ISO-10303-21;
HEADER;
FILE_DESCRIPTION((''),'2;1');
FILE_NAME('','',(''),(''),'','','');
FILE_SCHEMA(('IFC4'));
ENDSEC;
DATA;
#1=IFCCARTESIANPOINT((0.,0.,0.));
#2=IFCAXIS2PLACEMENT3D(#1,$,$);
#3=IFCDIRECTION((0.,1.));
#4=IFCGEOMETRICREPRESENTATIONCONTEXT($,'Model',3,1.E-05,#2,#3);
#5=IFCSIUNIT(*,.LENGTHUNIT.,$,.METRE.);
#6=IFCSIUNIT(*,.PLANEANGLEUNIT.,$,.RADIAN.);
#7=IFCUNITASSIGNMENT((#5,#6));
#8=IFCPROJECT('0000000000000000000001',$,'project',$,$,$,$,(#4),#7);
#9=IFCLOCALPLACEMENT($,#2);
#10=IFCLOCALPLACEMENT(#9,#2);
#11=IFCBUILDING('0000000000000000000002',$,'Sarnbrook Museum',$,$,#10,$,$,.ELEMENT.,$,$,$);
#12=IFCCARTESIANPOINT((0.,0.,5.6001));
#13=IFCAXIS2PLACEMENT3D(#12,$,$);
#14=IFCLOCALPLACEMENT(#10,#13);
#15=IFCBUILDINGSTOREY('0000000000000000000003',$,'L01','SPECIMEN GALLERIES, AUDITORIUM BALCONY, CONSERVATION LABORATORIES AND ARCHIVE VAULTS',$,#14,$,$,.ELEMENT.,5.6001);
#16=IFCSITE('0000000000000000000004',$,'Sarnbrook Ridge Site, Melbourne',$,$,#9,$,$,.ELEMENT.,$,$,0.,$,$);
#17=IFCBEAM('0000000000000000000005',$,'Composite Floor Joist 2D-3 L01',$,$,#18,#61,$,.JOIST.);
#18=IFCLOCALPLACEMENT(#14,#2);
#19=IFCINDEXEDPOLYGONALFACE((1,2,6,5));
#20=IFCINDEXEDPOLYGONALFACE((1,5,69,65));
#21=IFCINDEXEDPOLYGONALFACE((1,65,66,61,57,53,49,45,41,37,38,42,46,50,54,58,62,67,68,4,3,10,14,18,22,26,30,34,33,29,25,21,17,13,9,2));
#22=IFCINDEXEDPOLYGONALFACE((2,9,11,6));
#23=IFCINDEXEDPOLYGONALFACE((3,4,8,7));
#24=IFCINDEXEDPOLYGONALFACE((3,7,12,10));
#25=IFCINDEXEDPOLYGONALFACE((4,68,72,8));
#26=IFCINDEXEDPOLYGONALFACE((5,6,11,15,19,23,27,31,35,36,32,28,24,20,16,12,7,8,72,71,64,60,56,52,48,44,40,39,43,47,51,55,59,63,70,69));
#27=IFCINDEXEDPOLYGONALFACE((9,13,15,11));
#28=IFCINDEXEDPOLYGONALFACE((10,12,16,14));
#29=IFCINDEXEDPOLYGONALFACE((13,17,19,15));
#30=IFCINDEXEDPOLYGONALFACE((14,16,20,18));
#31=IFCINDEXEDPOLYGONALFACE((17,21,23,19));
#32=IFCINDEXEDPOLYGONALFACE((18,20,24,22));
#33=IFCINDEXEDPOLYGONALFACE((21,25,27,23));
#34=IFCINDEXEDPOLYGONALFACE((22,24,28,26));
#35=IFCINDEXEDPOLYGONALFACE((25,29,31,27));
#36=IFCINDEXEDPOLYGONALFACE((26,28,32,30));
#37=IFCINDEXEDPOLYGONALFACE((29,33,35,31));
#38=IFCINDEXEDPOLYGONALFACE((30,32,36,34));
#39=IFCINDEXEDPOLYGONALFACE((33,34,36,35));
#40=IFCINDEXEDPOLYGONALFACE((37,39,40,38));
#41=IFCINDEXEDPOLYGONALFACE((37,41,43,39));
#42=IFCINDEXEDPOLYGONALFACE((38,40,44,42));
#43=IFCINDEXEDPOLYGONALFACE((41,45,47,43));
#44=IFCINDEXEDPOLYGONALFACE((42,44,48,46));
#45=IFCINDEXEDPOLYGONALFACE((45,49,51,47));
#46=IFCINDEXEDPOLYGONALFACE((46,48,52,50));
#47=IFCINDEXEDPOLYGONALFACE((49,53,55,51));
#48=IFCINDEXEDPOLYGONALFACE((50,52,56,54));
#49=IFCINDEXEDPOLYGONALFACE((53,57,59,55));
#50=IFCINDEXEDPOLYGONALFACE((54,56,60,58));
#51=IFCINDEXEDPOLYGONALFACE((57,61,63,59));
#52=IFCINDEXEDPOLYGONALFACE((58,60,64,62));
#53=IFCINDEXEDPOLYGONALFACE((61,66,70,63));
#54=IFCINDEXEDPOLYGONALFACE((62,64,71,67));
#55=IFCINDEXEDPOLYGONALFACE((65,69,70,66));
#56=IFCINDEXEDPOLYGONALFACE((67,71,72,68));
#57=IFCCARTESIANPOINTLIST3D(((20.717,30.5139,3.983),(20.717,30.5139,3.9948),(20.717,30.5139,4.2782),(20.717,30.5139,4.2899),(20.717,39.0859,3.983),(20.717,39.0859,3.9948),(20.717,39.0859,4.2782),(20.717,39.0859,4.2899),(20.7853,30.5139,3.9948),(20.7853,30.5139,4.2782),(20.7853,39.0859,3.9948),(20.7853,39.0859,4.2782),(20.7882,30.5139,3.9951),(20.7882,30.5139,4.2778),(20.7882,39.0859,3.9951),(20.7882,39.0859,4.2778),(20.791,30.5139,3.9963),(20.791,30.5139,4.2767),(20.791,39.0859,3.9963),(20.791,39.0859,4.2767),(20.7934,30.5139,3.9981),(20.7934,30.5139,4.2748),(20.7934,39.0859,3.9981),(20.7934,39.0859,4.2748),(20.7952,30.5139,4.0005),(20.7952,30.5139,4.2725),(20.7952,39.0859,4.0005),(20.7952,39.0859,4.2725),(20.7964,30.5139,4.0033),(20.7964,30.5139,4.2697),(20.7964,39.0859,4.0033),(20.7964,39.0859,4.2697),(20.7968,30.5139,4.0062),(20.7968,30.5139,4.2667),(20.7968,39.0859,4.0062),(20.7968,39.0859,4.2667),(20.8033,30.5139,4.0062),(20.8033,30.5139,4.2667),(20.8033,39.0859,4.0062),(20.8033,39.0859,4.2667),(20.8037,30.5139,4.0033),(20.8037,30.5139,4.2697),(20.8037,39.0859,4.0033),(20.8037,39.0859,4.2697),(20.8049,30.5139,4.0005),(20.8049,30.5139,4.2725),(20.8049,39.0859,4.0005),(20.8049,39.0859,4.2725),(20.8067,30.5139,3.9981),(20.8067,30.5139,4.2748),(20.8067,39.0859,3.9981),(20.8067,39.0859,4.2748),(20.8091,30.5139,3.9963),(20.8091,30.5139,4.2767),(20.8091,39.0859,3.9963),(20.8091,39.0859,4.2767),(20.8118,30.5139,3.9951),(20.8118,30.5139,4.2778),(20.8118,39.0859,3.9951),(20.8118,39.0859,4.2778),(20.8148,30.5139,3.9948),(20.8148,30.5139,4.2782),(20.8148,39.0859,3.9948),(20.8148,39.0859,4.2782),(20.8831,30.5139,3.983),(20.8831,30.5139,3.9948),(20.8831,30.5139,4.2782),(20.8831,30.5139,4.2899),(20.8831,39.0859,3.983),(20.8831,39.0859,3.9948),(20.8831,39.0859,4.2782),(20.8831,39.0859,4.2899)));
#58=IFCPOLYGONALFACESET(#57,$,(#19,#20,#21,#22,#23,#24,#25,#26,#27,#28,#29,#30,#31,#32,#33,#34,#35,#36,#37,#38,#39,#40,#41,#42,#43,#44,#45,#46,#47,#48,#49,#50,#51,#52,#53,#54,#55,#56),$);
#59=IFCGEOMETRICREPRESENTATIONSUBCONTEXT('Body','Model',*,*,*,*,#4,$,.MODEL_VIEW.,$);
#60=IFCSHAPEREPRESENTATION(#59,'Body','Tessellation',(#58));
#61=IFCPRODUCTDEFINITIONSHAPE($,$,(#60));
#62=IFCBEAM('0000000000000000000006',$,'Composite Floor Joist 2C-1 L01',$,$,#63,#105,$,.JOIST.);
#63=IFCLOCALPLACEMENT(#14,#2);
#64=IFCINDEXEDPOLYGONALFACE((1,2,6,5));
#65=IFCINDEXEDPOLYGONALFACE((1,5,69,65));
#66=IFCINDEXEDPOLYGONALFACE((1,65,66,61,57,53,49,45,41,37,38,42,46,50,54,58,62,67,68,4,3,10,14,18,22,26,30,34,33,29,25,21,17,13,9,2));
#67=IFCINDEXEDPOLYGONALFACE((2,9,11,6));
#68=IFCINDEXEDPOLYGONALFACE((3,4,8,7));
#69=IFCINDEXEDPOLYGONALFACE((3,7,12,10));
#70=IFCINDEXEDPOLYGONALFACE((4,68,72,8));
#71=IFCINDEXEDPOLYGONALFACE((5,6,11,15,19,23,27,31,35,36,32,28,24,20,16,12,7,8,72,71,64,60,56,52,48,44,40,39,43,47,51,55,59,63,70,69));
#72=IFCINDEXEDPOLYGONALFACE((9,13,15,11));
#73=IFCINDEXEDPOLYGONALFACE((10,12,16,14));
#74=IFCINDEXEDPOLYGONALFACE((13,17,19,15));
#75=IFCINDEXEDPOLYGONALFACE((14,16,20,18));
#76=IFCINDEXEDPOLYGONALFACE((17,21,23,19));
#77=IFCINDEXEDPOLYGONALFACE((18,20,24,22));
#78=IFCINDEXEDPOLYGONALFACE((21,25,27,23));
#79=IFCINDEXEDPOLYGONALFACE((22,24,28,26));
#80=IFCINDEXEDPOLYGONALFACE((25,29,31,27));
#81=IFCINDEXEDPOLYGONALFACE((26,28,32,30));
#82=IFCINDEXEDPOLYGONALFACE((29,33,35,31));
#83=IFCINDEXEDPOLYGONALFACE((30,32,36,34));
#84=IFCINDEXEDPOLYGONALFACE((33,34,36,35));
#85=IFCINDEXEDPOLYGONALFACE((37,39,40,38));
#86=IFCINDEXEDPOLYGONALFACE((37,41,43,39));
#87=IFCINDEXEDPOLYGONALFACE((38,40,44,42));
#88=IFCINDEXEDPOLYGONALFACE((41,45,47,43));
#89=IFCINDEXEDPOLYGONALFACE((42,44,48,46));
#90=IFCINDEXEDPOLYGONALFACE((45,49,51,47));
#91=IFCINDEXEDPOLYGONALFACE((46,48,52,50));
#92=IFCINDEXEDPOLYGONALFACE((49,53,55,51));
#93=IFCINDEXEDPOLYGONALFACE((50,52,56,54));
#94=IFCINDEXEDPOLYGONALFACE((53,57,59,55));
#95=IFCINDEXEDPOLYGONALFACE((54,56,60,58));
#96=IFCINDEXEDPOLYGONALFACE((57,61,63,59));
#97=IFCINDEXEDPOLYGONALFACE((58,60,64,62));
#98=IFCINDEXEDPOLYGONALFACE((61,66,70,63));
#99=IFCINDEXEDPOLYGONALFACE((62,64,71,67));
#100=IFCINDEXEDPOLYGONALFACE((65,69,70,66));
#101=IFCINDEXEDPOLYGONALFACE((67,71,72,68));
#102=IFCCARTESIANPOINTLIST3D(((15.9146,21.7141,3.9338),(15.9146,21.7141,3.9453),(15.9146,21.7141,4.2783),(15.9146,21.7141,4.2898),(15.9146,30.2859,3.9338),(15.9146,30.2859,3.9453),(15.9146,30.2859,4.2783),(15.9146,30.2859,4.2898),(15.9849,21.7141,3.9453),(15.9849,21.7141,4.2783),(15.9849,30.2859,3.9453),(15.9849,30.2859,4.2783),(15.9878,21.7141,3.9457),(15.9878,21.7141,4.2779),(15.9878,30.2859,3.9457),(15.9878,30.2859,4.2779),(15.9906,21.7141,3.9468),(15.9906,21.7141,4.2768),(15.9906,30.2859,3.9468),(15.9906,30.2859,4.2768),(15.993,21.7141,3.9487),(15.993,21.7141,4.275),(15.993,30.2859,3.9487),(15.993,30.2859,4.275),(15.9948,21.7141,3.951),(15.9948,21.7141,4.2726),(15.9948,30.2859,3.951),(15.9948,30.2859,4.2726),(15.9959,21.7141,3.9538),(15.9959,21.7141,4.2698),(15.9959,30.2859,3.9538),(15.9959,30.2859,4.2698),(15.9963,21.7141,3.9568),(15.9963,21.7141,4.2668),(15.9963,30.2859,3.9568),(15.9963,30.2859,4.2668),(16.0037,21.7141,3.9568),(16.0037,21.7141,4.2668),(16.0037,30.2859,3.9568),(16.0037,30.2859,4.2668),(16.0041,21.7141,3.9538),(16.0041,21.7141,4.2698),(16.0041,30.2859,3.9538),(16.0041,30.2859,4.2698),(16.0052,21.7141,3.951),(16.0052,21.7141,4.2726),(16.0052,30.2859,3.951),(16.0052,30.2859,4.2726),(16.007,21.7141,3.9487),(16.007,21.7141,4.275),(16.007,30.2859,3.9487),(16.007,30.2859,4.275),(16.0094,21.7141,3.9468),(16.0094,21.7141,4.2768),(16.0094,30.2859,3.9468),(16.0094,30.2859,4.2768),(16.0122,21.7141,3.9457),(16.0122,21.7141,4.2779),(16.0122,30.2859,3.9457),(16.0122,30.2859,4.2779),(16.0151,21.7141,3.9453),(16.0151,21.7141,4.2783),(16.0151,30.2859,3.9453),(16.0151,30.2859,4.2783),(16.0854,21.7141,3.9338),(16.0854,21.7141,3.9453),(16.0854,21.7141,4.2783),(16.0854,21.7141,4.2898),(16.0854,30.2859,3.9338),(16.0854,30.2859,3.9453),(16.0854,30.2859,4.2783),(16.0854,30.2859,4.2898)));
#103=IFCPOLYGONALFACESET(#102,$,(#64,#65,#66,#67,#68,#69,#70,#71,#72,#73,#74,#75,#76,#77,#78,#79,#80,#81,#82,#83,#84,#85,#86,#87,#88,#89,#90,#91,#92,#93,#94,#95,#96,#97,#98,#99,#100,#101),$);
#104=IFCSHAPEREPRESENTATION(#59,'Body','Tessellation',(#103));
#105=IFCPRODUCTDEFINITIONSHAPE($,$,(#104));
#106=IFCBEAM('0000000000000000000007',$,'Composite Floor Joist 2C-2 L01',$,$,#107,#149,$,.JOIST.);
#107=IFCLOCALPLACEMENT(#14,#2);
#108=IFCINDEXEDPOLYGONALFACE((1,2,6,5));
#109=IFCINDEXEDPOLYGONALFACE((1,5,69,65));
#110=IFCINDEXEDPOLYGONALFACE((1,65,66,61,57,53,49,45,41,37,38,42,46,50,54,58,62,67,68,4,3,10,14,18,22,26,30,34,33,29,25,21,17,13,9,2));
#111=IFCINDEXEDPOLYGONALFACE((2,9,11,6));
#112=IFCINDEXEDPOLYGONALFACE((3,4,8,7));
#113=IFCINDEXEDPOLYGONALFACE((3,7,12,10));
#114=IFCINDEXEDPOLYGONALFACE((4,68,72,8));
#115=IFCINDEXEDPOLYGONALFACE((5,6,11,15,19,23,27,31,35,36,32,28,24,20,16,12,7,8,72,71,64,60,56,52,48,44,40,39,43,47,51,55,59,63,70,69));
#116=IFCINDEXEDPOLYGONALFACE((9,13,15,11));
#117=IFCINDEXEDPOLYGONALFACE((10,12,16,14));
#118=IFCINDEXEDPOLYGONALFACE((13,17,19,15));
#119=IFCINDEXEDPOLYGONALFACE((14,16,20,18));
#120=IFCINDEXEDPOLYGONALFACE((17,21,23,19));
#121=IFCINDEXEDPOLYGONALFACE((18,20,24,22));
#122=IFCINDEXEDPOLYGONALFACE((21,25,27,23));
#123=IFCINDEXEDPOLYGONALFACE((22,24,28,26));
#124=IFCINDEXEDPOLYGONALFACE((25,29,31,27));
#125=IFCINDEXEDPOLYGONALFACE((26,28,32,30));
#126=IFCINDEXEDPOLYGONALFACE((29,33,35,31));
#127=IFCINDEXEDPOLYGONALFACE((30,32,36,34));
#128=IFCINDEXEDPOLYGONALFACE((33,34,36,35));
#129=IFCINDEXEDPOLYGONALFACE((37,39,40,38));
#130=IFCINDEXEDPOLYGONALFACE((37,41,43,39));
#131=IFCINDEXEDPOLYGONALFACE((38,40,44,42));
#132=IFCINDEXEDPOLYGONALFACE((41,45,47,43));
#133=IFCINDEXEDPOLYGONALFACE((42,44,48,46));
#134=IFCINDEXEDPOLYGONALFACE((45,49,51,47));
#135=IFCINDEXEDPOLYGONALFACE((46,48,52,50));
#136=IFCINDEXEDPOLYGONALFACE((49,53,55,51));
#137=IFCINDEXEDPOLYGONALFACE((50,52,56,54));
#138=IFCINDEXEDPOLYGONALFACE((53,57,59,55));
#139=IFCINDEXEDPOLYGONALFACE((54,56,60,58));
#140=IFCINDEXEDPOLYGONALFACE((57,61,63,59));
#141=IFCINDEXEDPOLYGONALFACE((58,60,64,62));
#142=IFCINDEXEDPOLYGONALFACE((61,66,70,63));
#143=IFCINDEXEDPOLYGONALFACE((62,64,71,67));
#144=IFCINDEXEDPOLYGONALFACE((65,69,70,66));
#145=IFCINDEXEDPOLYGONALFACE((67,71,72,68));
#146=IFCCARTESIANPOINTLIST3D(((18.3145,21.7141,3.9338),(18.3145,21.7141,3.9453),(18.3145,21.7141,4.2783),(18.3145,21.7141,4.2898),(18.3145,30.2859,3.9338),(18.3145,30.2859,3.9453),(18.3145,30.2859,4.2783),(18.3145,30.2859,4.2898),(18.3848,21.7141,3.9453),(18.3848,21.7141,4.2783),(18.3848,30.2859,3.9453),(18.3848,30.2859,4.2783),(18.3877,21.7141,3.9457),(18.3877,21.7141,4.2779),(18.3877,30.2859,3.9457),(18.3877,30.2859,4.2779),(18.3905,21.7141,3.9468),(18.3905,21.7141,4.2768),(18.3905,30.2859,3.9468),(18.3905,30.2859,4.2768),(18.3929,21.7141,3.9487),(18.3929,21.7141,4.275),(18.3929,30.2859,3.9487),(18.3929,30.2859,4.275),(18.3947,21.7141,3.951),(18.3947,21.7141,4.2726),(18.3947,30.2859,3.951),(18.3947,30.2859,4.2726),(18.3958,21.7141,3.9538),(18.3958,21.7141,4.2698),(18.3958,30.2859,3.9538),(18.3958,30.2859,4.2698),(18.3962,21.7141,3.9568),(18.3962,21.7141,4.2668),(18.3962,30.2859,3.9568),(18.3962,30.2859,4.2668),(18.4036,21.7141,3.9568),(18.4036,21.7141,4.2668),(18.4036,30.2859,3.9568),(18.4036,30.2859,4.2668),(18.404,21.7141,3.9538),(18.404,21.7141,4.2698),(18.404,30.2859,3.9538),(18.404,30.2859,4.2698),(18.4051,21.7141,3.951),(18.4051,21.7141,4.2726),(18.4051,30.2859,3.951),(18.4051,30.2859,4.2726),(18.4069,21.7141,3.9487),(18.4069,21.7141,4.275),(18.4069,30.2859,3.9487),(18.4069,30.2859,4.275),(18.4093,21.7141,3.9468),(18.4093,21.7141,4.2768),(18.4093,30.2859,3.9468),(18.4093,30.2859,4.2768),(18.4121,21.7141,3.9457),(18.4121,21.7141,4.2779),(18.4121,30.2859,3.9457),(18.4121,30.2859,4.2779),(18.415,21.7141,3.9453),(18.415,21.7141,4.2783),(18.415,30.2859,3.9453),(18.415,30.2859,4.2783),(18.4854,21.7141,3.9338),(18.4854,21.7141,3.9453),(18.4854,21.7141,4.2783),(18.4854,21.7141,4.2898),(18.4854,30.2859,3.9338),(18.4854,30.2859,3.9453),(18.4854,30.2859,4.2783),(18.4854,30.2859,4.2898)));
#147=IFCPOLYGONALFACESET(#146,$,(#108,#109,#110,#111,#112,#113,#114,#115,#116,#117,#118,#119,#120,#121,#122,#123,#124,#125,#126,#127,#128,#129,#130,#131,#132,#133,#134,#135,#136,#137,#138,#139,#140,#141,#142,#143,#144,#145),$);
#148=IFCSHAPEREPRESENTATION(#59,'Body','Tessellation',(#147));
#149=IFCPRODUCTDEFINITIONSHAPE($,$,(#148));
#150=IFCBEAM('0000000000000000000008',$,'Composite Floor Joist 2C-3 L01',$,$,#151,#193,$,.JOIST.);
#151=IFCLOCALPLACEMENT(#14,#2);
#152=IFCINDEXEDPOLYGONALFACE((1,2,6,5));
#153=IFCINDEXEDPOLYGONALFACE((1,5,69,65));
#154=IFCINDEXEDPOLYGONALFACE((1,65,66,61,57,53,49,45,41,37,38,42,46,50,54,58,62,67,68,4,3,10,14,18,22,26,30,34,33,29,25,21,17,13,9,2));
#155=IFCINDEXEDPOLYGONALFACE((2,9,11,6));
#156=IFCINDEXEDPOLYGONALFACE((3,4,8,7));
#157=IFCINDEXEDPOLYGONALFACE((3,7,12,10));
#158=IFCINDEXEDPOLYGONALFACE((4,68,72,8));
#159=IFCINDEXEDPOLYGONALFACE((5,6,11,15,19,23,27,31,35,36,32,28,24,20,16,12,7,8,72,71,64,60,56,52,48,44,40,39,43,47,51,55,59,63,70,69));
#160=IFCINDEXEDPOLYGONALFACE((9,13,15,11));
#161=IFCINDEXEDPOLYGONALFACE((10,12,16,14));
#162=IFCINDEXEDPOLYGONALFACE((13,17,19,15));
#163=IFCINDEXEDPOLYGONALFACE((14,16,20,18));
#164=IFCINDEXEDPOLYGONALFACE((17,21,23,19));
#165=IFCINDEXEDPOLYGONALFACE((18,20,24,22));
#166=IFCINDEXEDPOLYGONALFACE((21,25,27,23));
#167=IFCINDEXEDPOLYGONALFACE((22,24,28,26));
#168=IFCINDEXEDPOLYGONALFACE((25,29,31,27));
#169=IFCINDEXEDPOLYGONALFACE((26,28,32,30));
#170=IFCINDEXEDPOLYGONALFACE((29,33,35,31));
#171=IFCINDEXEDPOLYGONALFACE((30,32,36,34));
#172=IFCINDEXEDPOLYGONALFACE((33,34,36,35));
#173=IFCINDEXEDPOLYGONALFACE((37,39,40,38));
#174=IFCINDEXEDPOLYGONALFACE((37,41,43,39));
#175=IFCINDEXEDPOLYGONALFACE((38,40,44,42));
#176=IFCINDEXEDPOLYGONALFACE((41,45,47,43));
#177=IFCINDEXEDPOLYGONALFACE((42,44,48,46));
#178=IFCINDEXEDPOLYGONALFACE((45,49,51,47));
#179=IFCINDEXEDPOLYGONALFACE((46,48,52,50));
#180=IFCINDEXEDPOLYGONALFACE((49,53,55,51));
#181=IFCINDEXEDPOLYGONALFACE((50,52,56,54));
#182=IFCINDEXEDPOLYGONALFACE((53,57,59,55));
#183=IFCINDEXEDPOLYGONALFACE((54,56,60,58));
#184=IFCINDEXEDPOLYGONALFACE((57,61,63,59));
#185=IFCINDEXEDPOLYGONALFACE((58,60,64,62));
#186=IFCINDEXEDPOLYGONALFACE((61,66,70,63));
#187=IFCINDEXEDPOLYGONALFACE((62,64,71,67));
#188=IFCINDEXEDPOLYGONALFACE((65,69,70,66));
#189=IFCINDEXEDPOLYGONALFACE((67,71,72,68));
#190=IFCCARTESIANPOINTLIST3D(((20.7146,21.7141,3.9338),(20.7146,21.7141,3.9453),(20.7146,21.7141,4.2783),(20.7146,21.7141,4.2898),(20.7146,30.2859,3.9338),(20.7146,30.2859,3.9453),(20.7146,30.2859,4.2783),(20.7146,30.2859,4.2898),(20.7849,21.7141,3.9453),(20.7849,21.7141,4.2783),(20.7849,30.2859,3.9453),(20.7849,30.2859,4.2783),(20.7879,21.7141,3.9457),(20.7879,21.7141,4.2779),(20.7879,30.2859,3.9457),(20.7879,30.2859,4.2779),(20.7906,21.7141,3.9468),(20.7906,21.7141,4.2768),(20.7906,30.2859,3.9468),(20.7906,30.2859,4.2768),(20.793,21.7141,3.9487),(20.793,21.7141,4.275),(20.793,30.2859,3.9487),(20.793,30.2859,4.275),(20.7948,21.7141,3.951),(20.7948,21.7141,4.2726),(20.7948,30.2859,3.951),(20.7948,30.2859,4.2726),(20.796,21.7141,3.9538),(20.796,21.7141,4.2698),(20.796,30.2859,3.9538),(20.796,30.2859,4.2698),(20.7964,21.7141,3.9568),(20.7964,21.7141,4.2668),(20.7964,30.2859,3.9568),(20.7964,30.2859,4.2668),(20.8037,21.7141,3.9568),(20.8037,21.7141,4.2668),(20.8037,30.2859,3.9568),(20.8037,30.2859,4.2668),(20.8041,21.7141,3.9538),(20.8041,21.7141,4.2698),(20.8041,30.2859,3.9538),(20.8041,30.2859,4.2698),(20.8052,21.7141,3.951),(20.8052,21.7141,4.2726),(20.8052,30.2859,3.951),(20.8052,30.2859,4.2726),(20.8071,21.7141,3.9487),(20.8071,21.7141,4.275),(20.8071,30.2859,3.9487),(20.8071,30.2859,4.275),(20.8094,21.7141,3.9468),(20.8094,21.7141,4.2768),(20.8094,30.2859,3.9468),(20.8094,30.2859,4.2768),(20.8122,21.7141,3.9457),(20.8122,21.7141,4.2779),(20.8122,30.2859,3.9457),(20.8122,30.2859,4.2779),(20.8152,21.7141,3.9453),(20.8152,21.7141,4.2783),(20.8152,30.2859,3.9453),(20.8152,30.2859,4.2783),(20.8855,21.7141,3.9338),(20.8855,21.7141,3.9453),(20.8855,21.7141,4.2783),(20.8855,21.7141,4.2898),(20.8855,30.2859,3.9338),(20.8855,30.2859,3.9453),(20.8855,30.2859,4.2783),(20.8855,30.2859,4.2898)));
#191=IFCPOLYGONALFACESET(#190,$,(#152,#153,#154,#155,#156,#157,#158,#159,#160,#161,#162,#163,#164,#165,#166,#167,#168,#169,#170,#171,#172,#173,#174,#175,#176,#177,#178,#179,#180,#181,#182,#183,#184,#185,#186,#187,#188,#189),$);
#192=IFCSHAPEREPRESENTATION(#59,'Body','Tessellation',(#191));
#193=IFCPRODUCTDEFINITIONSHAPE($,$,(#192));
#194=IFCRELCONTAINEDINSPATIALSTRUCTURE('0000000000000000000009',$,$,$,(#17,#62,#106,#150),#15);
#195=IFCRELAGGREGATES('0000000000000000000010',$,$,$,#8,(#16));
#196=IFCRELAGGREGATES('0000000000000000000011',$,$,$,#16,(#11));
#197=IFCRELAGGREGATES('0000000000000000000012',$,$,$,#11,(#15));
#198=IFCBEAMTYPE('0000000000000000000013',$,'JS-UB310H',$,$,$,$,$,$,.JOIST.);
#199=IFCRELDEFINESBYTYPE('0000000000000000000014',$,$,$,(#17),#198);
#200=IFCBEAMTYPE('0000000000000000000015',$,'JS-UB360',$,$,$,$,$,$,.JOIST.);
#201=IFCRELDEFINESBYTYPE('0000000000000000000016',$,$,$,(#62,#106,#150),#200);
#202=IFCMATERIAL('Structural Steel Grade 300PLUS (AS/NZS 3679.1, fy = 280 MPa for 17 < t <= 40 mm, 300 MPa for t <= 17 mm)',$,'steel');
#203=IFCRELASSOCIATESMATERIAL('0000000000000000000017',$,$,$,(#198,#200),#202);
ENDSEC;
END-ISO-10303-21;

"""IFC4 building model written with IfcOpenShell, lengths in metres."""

from ifc_helpers import new_model, si_unit, direction, frame, origin, origin_2d, place, context, subcontext, project, spatial, i_section, extrude, material, material_profile, profile_set, type_object, element, save


model = new_model("IFC4")

# Units and contexts
model_context = context("Model", 3, precision=1e-05, world=origin(), true_north=direction((0.0, 1.0)))
body_context = subcontext(model_context, "Body", "Model", "MODEL_VIEW")
ifc_project = project(units=[si_unit("LENGTHUNIT", "METRE"), si_unit("PLANEANGLEUNIT", "RADIAN")], contexts=[model_context])

# Site, building, storey
site_placement = place(None, origin())
site = spatial("IfcSite", under=ifc_project, at=site_placement, Name="Sarnbrook Ridge Site, Melbourne", CompositionType="ELEMENT", RefElevation=0.0)
building_placement = place(site_placement, origin())
building = spatial("IfcBuilding", under=site, at=building_placement, Name="Sarnbrook Museum", CompositionType="ELEMENT")
storey_placement = place(building_placement, frame((0.0, 0.0, 5.6001)))
storey = spatial("IfcBuildingStorey", under=building, at=storey_placement, Name="L01", Description="SPECIMEN GALLERIES, AUDITORIUM BALCONY, CONSERVATION LABORATORIES AND ARCHIVE VAULTS", CompositionType="ELEMENT", Elevation=5.6001)

# Shared definitions
ifc_material_1 = material(Name="Structural Steel Grade 300PLUS (AS/NZS 3679.1, fy = 280 MPa for 17 < t <= 40 mm, 300 MPa for t <= 17 mm)", Category="steel")

# Beams
ifc_material_profile_1 = material_profile(ifc_material_1, i_section(OverallWidth=0.166, OverallDepth=0.3069, WebThickness=0.0066, FlangeThickness=0.0117, FilletRadius=0.0115, at=origin_2d()), Name="310UB46.2")
ifc_profile_set_1 = profile_set([ifc_material_profile_1], Name="Structural Steel Grade 300PLUS (AS/NZS 3679.1, fy = 280 MPa for 17 < t <= 40 mm, 300 MPa for t <= 17 mm)")
beam_type_1 = type_object("IfcBeamType", Name="JS-UB310H", PredefinedType="JOIST", material=ifc_profile_set_1)
for number, where, z_axis, x_axis, name in (
    (1, (20.8, 30.5139, 4.1365), (0.0, 1.0, 0.0), (-1.0, 0.0, 0.0), "Composite Floor Joist 2D-3 L01"),
):
    element("IfcBeam", number, at=place(storey_placement, frame(where, z_axis=z_axis, x_axis=x_axis)), inside=storey, type_object=beam_type_1, Name=name, PredefinedType="JOIST", context=body_context, shape_type="SweptSolid", body=[
        extrude(i_section(OverallWidth=0.166, OverallDepth=0.3069, WebThickness=0.0066, FlangeThickness=0.0117, FilletRadius=0.0115, at=origin_2d()), origin(), (0.0, 0.0, 1.0), 8.572),
    ])
ifc_material_profile_2 = material_profile(ifc_material_1, i_section(OverallWidth=0.1709, OverallDepth=0.356, WebThickness=0.0073, FlangeThickness=0.0115, FilletRadius=0.0115, at=origin_2d()), Name="360UB50.7")
ifc_profile_set_2 = profile_set([ifc_material_profile_2], Name="Structural Steel Grade 300PLUS (AS/NZS 3679.1, fy = 280 MPa for 17 < t <= 40 mm, 300 MPa for t <= 17 mm)")
beam_type_2 = type_object("IfcBeamType", Name="JS-UB360", PredefinedType="JOIST", material=ifc_profile_set_2)
for number, where, z_axis, x_axis, name in (
    (2, (16.0, 21.7141, 4.1118), (0.0, 1.0, 0.0), (-1.0, 0.0, 0.0), "Composite Floor Joist 2C-1 L01"),
    (3, (18.3999, 21.7141, 4.1118), (0.0, 1.0, 0.0), (-1.0, 0.0, 0.0), "Composite Floor Joist 2C-2 L01"),
    (4, (20.8, 21.7141, 4.1118), (0.0, 1.0, 0.0), (-1.0, 0.0, 0.0), "Composite Floor Joist 2C-3 L01"),
):
    element("IfcBeam", number, at=place(storey_placement, frame(where, z_axis=z_axis, x_axis=x_axis)), inside=storey, type_object=beam_type_2, Name=name, PredefinedType="JOIST", context=body_context, shape_type="SweptSolid", body=[
        extrude(i_section(OverallWidth=0.1709, OverallDepth=0.356, WebThickness=0.0073, FlangeThickness=0.0115, FilletRadius=0.0115, at=origin_2d()), origin(), (0.0, 0.0, 1.0), 8.5718),
    ])

save(model, "model.ifc")
